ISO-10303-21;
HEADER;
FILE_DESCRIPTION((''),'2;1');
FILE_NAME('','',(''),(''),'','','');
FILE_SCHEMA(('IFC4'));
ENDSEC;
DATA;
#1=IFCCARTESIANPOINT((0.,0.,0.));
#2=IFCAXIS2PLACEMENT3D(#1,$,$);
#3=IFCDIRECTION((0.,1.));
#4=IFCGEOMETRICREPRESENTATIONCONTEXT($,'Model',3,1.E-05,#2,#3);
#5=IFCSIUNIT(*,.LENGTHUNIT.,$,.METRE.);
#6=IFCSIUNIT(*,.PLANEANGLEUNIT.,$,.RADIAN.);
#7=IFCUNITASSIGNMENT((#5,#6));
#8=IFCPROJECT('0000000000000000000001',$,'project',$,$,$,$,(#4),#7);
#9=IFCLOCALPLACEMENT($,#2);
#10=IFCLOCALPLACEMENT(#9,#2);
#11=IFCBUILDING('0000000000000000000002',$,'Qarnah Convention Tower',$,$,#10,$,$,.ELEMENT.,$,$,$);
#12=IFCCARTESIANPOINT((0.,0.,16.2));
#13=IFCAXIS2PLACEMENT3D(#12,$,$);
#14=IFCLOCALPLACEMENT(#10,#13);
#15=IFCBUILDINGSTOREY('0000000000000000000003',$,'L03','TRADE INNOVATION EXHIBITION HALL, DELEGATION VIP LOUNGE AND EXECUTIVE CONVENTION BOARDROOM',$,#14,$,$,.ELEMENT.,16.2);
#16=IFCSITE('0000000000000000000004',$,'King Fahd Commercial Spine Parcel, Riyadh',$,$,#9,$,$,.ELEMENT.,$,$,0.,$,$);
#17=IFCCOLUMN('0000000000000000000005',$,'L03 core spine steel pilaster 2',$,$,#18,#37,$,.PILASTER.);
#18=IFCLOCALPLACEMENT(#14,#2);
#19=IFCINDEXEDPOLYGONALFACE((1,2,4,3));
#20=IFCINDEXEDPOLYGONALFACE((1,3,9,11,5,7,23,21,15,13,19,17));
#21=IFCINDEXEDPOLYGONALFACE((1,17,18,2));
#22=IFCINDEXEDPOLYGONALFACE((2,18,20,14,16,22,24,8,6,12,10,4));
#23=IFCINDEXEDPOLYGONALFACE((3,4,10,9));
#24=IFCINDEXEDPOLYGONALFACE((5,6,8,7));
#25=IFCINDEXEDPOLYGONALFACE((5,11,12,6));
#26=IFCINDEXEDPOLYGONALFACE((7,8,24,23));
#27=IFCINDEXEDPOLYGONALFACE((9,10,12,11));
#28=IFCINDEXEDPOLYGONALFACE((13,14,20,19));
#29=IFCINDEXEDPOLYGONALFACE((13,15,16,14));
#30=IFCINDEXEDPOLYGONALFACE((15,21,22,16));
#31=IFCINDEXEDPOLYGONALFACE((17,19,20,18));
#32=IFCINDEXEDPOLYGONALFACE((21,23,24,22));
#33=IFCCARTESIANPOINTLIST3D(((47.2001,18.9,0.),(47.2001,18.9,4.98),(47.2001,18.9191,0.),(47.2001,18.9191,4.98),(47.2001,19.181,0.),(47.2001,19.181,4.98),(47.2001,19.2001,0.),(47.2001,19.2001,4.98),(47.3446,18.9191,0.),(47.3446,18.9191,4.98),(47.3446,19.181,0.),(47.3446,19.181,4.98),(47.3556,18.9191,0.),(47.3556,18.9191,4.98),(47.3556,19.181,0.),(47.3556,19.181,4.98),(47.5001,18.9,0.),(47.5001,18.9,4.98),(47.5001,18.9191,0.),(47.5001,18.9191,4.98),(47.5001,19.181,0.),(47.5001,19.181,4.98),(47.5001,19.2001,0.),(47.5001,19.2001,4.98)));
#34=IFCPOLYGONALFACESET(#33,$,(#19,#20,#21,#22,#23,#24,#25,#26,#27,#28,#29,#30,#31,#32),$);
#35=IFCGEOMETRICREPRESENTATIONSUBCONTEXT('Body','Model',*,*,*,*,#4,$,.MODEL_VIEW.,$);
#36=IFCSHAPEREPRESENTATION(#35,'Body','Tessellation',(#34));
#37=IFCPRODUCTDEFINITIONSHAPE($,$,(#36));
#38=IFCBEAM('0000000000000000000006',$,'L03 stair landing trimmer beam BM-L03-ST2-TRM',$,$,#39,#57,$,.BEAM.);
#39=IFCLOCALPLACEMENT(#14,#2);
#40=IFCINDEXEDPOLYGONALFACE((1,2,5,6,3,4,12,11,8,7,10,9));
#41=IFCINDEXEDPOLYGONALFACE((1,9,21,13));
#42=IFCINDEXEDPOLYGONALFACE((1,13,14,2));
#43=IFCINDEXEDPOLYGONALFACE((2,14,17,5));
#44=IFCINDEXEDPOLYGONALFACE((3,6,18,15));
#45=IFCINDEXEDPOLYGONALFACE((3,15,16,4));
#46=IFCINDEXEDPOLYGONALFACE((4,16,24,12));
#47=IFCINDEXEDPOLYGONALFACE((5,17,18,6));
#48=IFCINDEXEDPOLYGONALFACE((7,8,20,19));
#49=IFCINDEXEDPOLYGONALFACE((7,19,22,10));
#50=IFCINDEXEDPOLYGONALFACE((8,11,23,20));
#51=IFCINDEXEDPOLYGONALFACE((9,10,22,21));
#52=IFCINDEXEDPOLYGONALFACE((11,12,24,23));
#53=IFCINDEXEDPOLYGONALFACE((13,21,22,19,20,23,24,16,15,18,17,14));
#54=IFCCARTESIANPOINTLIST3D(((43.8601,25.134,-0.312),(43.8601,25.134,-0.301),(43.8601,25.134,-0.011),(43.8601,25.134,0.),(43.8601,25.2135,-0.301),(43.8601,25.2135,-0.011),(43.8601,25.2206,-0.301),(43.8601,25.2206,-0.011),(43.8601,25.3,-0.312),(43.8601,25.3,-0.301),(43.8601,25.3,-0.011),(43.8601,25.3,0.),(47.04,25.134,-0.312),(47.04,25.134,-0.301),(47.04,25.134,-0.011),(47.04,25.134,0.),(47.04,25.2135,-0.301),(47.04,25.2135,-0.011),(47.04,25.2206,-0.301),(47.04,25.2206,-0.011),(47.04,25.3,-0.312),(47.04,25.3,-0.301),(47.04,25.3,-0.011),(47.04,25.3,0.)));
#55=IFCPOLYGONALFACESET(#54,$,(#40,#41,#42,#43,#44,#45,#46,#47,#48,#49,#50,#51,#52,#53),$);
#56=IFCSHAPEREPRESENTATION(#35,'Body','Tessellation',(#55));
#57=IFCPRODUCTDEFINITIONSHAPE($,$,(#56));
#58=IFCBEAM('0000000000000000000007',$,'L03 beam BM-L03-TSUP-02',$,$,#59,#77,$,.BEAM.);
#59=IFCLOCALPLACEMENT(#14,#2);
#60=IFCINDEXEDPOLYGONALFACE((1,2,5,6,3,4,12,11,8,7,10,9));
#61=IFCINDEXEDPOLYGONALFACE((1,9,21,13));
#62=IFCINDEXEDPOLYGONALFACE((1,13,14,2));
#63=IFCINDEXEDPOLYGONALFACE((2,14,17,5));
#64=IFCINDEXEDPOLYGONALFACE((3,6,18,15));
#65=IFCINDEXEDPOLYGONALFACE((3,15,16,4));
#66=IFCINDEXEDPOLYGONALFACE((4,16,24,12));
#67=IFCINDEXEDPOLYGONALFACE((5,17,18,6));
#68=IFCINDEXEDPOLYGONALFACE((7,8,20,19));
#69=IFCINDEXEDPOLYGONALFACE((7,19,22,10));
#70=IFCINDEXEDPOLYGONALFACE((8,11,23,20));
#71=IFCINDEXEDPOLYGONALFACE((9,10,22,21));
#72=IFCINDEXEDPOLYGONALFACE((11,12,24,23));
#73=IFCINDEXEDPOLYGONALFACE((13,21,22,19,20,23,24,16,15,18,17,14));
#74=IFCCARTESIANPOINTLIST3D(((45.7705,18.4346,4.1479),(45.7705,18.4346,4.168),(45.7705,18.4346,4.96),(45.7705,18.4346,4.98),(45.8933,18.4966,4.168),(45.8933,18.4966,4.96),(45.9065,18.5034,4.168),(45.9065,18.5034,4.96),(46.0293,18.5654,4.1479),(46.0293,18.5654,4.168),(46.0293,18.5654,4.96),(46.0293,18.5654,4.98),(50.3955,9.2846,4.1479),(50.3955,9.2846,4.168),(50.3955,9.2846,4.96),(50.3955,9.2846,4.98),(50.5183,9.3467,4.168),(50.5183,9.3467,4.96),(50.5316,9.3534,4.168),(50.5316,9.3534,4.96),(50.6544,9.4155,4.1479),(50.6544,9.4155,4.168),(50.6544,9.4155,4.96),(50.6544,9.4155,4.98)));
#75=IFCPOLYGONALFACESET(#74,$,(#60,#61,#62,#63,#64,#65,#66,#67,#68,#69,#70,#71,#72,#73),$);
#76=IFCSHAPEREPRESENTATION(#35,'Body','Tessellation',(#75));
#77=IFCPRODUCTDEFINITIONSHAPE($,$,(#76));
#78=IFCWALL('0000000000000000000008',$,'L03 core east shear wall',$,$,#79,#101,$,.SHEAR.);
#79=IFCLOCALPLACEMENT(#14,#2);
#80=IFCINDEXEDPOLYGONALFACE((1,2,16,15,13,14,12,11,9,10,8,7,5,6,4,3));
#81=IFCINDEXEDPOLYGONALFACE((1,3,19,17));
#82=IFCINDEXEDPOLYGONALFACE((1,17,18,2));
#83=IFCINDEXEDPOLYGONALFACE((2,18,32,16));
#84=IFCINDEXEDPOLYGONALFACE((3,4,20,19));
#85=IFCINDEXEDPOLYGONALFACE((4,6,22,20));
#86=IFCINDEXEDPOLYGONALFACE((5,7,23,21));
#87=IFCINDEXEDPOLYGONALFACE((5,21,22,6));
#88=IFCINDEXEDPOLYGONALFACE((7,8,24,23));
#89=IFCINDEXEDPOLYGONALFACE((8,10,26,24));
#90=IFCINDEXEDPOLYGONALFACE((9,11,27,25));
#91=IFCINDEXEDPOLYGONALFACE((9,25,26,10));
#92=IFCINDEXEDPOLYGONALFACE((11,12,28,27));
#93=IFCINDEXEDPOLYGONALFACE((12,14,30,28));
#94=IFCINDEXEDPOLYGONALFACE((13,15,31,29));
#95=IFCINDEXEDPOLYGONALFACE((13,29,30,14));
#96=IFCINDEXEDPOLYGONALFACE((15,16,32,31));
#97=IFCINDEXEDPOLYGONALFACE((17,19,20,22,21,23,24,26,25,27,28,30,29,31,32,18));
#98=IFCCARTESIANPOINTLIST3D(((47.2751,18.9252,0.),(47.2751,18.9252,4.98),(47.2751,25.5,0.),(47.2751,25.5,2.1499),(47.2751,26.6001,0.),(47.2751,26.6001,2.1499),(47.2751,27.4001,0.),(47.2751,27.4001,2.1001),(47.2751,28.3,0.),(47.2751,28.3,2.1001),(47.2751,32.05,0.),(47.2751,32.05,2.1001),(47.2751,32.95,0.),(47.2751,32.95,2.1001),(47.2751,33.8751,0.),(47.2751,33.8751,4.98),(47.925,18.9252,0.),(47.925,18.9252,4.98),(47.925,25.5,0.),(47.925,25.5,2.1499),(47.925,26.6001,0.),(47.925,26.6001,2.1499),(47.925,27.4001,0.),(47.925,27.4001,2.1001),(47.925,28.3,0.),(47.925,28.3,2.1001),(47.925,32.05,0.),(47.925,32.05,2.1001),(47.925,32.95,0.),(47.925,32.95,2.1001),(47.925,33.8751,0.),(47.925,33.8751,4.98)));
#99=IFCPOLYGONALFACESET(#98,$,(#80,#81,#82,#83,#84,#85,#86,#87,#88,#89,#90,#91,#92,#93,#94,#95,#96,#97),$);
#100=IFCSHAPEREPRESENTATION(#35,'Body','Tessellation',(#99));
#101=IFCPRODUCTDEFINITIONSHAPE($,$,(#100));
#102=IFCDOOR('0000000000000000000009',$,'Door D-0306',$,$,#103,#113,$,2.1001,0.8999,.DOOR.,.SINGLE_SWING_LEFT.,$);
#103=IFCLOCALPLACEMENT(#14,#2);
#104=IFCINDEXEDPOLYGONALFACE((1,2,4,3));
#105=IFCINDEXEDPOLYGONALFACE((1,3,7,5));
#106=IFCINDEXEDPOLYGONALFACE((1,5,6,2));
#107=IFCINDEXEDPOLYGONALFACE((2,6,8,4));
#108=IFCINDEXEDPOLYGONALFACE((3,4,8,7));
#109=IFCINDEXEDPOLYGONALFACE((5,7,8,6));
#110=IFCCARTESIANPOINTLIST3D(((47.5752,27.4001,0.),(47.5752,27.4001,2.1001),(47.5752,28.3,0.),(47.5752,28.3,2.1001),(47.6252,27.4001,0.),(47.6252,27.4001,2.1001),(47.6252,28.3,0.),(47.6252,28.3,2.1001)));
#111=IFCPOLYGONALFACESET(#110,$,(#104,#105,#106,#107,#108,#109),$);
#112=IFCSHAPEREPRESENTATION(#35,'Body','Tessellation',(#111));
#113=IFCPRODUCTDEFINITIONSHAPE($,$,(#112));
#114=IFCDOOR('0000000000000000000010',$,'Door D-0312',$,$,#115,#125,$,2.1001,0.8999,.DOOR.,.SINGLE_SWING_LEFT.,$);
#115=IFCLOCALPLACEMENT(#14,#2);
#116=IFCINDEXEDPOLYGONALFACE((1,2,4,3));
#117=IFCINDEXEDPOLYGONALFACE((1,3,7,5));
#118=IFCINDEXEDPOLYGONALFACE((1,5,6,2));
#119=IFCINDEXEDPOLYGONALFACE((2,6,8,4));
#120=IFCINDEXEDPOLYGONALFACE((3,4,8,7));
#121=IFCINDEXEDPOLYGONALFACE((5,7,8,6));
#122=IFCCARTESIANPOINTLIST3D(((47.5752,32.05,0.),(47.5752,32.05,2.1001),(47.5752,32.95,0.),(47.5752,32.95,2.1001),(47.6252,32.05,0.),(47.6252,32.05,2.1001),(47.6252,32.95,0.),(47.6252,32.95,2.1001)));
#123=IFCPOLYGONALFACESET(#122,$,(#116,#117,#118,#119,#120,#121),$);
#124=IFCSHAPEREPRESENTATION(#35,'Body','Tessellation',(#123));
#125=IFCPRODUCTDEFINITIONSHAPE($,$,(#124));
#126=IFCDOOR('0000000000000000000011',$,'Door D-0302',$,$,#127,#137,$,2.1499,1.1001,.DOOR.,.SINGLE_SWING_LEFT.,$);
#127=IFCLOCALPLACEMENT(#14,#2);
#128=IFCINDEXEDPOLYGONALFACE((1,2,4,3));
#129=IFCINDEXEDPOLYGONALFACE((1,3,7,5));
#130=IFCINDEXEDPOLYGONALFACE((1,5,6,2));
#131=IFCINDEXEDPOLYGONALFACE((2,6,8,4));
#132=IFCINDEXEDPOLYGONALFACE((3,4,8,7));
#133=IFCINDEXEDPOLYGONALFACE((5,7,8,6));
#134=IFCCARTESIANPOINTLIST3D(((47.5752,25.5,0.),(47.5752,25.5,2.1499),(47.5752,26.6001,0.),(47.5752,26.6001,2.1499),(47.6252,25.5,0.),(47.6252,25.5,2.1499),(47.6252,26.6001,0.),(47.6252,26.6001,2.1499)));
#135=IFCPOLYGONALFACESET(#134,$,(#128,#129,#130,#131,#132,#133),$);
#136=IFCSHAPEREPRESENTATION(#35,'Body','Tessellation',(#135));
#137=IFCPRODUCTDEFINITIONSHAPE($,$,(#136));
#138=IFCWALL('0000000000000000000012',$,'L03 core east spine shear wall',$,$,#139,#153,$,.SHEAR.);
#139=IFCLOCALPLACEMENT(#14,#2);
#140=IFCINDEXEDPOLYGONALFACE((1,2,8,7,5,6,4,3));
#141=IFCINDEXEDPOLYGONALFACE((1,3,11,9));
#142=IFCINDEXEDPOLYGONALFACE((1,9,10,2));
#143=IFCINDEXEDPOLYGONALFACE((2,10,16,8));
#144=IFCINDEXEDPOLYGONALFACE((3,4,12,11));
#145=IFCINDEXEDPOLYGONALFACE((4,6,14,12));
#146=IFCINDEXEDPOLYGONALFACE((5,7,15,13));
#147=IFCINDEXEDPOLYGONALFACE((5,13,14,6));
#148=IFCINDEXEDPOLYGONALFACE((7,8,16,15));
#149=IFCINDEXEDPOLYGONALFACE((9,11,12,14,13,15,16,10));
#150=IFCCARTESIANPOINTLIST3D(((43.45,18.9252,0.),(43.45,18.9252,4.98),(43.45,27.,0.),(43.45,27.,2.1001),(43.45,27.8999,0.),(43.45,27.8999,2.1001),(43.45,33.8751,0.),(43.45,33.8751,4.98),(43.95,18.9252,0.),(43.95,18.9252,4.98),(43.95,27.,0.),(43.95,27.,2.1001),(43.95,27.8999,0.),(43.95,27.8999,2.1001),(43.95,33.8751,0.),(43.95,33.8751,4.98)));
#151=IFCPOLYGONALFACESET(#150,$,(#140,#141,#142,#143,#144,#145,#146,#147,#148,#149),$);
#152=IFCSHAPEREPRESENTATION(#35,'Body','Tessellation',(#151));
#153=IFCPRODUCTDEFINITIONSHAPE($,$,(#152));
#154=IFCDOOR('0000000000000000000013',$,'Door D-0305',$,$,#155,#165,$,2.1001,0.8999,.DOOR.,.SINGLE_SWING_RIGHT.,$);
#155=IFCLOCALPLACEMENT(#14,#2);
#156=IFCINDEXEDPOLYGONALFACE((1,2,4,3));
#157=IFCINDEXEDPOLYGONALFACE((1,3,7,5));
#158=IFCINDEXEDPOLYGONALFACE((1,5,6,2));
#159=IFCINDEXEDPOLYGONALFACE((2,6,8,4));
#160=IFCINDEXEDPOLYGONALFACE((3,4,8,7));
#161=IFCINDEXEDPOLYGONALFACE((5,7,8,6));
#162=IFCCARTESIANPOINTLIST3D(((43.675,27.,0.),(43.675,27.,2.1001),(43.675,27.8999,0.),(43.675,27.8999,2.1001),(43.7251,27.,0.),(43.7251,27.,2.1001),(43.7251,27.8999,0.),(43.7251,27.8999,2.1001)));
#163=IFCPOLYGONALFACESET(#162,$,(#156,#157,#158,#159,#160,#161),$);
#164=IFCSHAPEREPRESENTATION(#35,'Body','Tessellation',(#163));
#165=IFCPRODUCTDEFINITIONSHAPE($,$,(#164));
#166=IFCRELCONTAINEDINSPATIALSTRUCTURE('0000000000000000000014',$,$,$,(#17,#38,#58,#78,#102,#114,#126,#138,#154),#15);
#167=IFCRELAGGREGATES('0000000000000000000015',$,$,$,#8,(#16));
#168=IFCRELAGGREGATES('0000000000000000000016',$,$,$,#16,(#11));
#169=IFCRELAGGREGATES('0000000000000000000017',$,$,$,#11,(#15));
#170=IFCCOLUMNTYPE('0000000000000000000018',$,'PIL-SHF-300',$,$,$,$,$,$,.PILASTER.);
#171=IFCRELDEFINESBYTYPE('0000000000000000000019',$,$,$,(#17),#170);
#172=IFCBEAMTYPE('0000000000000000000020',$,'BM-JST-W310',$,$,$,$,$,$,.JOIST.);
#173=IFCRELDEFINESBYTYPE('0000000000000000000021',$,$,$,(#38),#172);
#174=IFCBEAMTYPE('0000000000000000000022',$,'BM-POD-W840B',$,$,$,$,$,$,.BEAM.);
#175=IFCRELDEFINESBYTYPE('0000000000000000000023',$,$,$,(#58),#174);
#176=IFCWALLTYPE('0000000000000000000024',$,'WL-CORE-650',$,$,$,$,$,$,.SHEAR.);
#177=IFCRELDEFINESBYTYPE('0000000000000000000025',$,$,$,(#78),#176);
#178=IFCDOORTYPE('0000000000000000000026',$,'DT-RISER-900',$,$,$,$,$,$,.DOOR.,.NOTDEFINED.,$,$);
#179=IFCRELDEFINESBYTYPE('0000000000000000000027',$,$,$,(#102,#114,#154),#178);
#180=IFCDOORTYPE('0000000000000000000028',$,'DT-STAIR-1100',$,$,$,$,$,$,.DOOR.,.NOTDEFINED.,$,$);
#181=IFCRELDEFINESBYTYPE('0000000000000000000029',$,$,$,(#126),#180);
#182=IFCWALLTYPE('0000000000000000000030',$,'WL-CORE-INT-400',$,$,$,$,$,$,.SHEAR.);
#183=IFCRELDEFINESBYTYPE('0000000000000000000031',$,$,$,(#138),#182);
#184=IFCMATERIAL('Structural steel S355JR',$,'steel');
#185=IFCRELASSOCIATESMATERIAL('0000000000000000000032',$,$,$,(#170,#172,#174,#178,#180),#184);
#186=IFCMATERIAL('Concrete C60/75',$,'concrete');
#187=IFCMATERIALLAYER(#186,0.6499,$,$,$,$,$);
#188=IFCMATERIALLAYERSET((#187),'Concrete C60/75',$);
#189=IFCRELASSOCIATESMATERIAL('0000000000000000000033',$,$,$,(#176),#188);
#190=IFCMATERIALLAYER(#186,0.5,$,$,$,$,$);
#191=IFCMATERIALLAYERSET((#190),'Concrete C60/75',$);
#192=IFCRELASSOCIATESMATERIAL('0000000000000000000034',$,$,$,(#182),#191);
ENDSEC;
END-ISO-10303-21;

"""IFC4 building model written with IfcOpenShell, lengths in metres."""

from ifc_helpers import new_model, si_unit, direction, frame, frame_2d, origin, origin_2d, place, context, subcontext, project, spatial, rectangle, i_section, extrude, material, layer, layer_set, material_profile, profile_set, type_object, element, fill, save


model = new_model("IFC4")

# Units and contexts
model_context = context("Model", 3, precision=1e-05, world=origin(), true_north=direction((0.0, 1.0)))
body_context = subcontext(model_context, "Body", "Model", "MODEL_VIEW")
ifc_project = project(units=[si_unit("LENGTHUNIT", "METRE"), si_unit("PLANEANGLEUNIT", "RADIAN")], contexts=[model_context])

# Site, building, storey
site_placement = place(None, origin())
site = spatial("IfcSite", under=ifc_project, at=site_placement, Name="King Fahd Commercial Spine Parcel, Riyadh", CompositionType="ELEMENT", RefElevation=0.0)
building_placement = place(site_placement, origin())
building = spatial("IfcBuilding", under=site, at=building_placement, Name="Qarnah Convention Tower", CompositionType="ELEMENT")
storey_placement = place(building_placement, frame((0.0, 0.0, 16.2)))
storey = spatial("IfcBuildingStorey", under=building, at=storey_placement, Name="L03", Description="TRADE INNOVATION EXHIBITION HALL, DELEGATION VIP LOUNGE AND EXECUTIVE CONVENTION BOARDROOM", CompositionType="ELEMENT", Elevation=16.2)

# Column
ifc_material_1 = material(Name="Structural steel S355JR", Category="steel")
ifc_material_profile_1 = material_profile(ifc_material_1, i_section(OverallWidth=0.3, OverallDepth=0.3, WebThickness=0.011, FlangeThickness=0.019, at=origin_2d()), Name="HEB300")
ifc_profile_set_1 = profile_set([ifc_material_profile_1], Name="Structural steel S355JR")
column_type = type_object("IfcColumnType", Name="PIL-SHF-300", PredefinedType="PILASTER", material=ifc_profile_set_1)
column_placement = place(storey_placement, frame((47.3501, 19.05, 0.0), z_axis=(0.0, 0.0, 1.0), x_axis=(1.0, 0.0, 0.0)))
element("IfcColumn", 1, at=column_placement, inside=storey, type_object=column_type, Name="L03 core spine steel pilaster 2", PredefinedType="PILASTER", context=body_context, shape_type="SweptSolid", body=[
    extrude(i_section(OverallWidth=0.3, OverallDepth=0.3, WebThickness=0.011, FlangeThickness=0.019, at=origin_2d()), origin(), (0.0, 0.0, 1.0), 4.98),
])

# Beams
ifc_material_profile_2 = material_profile(ifc_material_1, i_section(OverallWidth=0.166, OverallDepth=0.312, WebThickness=0.0071, FlangeThickness=0.011, at=origin_2d()), Name="W310X45")
ifc_profile_set_2 = profile_set([ifc_material_profile_2], Name="Structural steel S355JR")
beam_type_1 = type_object("IfcBeamType", Name="BM-JST-W310", PredefinedType="JOIST", material=ifc_profile_set_2)
beam_1_placement = place(storey_placement, frame((43.8601, 25.217, -0.156), z_axis=(1.0, 0.0, 0.0), x_axis=(0.0, 1.0, 0.0)))
element("IfcBeam", 2, at=beam_1_placement, inside=storey, type_object=beam_type_1, Name="L03 stair landing trimmer beam BM-L03-ST2-TRM", PredefinedType="BEAM", context=body_context, shape_type="SweptSolid", body=[
    extrude(i_section(OverallWidth=0.166, OverallDepth=0.312, WebThickness=0.0071, FlangeThickness=0.011, at=origin_2d()), origin(), (0.0, 0.0, 1.0), 3.1799),
])
ifc_material_profile_3 = material_profile(ifc_material_1, i_section(OverallWidth=0.29, OverallDepth=0.832, WebThickness=0.0149, FlangeThickness=0.02, at=origin_2d()), Name="W840X193")
ifc_profile_set_3 = profile_set([ifc_material_profile_3], Name="Structural steel S355JR")
beam_type_2 = type_object("IfcBeamType", Name="BM-POD-W840B", PredefinedType="BEAM", material=ifc_profile_set_3)
beam_2_placement = place(storey_placement, frame((45.8999, 18.5, 4.564), z_axis=(0.451115, -0.892466, 0.0), x_axis=(0.892466, 0.451115, 0.0)))
element("IfcBeam", 3, at=beam_2_placement, inside=storey, type_object=beam_type_2, Name="L03 beam BM-L03-TSUP-02", PredefinedType="BEAM", context=body_context, shape_type="SweptSolid", body=[
    extrude(i_section(OverallWidth=0.29, OverallDepth=0.832, WebThickness=0.0149, FlangeThickness=0.02, at=origin_2d()), origin(), (0.0, 0.0, 1.0), 10.2524),
])

# Wall, openings, doors
ifc_material_2 = material(Name="Concrete C60/75", Category="concrete")
ifc_layer_1 = layer(ifc_material_2, 0.6499)
ifc_layer_set_1 = layer_set([ifc_layer_1], Name="Concrete C60/75")
wall_type_1 = type_object("IfcWallType", Name="WL-CORE-650", PredefinedType="SHEAR", material=ifc_layer_set_1)
wall_1_placement = place(storey_placement, frame((47.6001, 18.925, 0.0), z_axis=(0.0, 0.0, 1.0), x_axis=(0.0, 1.0, 0.0)))
wall_1 = element("IfcWall", 4, at=wall_1_placement, inside=storey, type_object=wall_type_1, Name="L03 core east shear wall", PredefinedType="SHEAR", context=body_context, shape_type="SweptSolid", body=[
    extrude(rectangle(XDim=14.95, YDim=0.6499, at=frame_2d((7.4751, 0.0))), origin(), (0.0, 0.0, 1.0), 4.98),
])
opening_1_placement = place(wall_1_placement, frame((6.575, 0.0, 0.0)))
opening_1 = element("IfcOpeningElement", 5, at=opening_1_placement, cuts=wall_1, PredefinedType="OPENING", context=body_context, shape_type="SweptSolid", body=[
    extrude(rectangle(XDim=1.1001, YDim=2.1499, at=frame_2d((0.55, 1.075))), frame((0.0, 0.335, 0.0), z_axis=(0.0, -1.0, 0.0), x_axis=(1.0, 0.0, 0.0)), (0.0, 0.0, 1.0), 0.6699),
])
opening_2_placement = place(wall_1_placement, frame((8.4751, 0.0, 0.0)))
opening_2 = element("IfcOpeningElement", 6, at=opening_2_placement, cuts=wall_1, PredefinedType="OPENING", context=body_context, shape_type="SweptSolid", body=[
    extrude(rectangle(XDim=0.8999, YDim=2.1001, at=frame_2d((0.45, 1.05))), frame((0.0, 0.335, 0.0), z_axis=(0.0, -1.0, 0.0), x_axis=(1.0, 0.0, 0.0)), (0.0, 0.0, 1.0), 0.6699),
])
opening_3_placement = place(wall_1_placement, frame((13.125, 0.0, 0.0)))
opening_3 = element("IfcOpeningElement", 7, at=opening_3_placement, cuts=wall_1, PredefinedType="OPENING", context=body_context, shape_type="SweptSolid", body=[
    extrude(rectangle(XDim=0.8999, YDim=2.1001, at=frame_2d((0.45, 1.05))), frame((0.0, 0.335, 0.0), z_axis=(0.0, -1.0, 0.0), x_axis=(1.0, 0.0, 0.0)), (0.0, 0.0, 1.0), 0.6699),
])
door_type_1 = type_object("IfcDoorType", Name="DT-RISER-900", OperationType="NOTDEFINED", PredefinedType="DOOR", material=ifc_material_1)
door_1_placement = place(opening_2_placement, origin())
door_1 = element("IfcDoor", 8, at=door_1_placement, inside=storey, type_object=door_type_1, Name="Door D-0306", OperationType="SINGLE_SWING_LEFT", OverallHeight=2.1001, OverallWidth=0.8999, PredefinedType="DOOR", context=body_context, shape_type="SweptSolid", body=[
    extrude(rectangle(XDim=0.8999, YDim=2.1001, at=frame_2d((0.45, 1.05))), frame((0.0, 0.0249, 0.0), z_axis=(0.0, -1.0, 0.0), x_axis=(1.0, 0.0, 0.0)), (0.0, 0.0, 1.0), 0.05),
])
fill(opening_2, door_1)
door_2_placement = place(opening_3_placement, origin())
door_2 = element("IfcDoor", 9, at=door_2_placement, inside=storey, type_object=door_type_1, Name="Door D-0312", OperationType="SINGLE_SWING_LEFT", OverallHeight=2.1001, OverallWidth=0.8999, PredefinedType="DOOR", context=body_context, shape_type="SweptSolid", body=[
    extrude(rectangle(XDim=0.8999, YDim=2.1001, at=frame_2d((0.45, 1.05))), frame((0.0, 0.0249, 0.0), z_axis=(0.0, -1.0, 0.0), x_axis=(1.0, 0.0, 0.0)), (0.0, 0.0, 1.0), 0.05),
])
fill(opening_3, door_2)
door_type_2 = type_object("IfcDoorType", Name="DT-STAIR-1100", OperationType="NOTDEFINED", PredefinedType="DOOR", material=ifc_material_1)
door_3_placement = place(opening_1_placement, origin())
door_3 = element("IfcDoor", 10, at=door_3_placement, inside=storey, type_object=door_type_2, Name="Door D-0302", OperationType="SINGLE_SWING_LEFT", OverallHeight=2.1499, OverallWidth=1.1001, PredefinedType="DOOR", context=body_context, shape_type="SweptSolid", body=[
    extrude(rectangle(XDim=1.1001, YDim=2.1499, at=frame_2d((0.55, 1.075))), frame((0.0, 0.0249, 0.0), z_axis=(0.0, -1.0, 0.0), x_axis=(1.0, 0.0, 0.0)), (0.0, 0.0, 1.0), 0.05),
])
fill(opening_1, door_3)

# Wall, opening, door
ifc_layer_2 = layer(ifc_material_2, 0.5)
ifc_layer_set_2 = layer_set([ifc_layer_2], Name="Concrete C60/75")
wall_type_2 = type_object("IfcWallType", Name="WL-CORE-INT-400", PredefinedType="SHEAR", material=ifc_layer_set_2)
wall_2_placement = place(storey_placement, frame((43.7, 18.925, 0.0), z_axis=(0.0, 0.0, 1.0), x_axis=(0.0, 1.0, 0.0)))
wall_2 = element("IfcWall", 11, at=wall_2_placement, inside=storey, type_object=wall_type_2, Name="L03 core east spine shear wall", PredefinedType="SHEAR", context=body_context, shape_type="SweptSolid", body=[
    extrude(rectangle(XDim=14.95, YDim=0.5, at=frame_2d((7.4751, 0.0))), origin(), (0.0, 0.0, 1.0), 4.98),
])
opening_4_placement = place(wall_2_placement, frame((8.075, 0.0, 0.0)))
opening_4 = element("IfcOpeningElement", 12, at=opening_4_placement, cuts=wall_2, PredefinedType="OPENING", context=body_context, shape_type="SweptSolid", body=[
    extrude(rectangle(XDim=0.8999, YDim=2.1001, at=frame_2d((0.45, 1.05))), frame((0.0, 0.26, 0.0), z_axis=(0.0, -1.0, 0.0), x_axis=(1.0, 0.0, 0.0)), (0.0, 0.0, 1.0), 0.52),
])
door_4_placement = place(opening_4_placement, origin())
door_4 = element("IfcDoor", 13, at=door_4_placement, inside=storey, type_object=door_type_1, Name="Door D-0305", OperationType="SINGLE_SWING_RIGHT", OverallHeight=2.1001, OverallWidth=0.8999, PredefinedType="DOOR", context=body_context, shape_type="SweptSolid", body=[
    extrude(rectangle(XDim=0.8999, YDim=2.1001, at=frame_2d((0.45, 1.05))), frame((0.0, 0.0249, 0.0), z_axis=(0.0, -1.0, 0.0), x_axis=(1.0, 0.0, 0.0)), (0.0, 0.0, 1.0), 0.05),
])
fill(opening_4, door_4)

save(model, "model.ifc")
